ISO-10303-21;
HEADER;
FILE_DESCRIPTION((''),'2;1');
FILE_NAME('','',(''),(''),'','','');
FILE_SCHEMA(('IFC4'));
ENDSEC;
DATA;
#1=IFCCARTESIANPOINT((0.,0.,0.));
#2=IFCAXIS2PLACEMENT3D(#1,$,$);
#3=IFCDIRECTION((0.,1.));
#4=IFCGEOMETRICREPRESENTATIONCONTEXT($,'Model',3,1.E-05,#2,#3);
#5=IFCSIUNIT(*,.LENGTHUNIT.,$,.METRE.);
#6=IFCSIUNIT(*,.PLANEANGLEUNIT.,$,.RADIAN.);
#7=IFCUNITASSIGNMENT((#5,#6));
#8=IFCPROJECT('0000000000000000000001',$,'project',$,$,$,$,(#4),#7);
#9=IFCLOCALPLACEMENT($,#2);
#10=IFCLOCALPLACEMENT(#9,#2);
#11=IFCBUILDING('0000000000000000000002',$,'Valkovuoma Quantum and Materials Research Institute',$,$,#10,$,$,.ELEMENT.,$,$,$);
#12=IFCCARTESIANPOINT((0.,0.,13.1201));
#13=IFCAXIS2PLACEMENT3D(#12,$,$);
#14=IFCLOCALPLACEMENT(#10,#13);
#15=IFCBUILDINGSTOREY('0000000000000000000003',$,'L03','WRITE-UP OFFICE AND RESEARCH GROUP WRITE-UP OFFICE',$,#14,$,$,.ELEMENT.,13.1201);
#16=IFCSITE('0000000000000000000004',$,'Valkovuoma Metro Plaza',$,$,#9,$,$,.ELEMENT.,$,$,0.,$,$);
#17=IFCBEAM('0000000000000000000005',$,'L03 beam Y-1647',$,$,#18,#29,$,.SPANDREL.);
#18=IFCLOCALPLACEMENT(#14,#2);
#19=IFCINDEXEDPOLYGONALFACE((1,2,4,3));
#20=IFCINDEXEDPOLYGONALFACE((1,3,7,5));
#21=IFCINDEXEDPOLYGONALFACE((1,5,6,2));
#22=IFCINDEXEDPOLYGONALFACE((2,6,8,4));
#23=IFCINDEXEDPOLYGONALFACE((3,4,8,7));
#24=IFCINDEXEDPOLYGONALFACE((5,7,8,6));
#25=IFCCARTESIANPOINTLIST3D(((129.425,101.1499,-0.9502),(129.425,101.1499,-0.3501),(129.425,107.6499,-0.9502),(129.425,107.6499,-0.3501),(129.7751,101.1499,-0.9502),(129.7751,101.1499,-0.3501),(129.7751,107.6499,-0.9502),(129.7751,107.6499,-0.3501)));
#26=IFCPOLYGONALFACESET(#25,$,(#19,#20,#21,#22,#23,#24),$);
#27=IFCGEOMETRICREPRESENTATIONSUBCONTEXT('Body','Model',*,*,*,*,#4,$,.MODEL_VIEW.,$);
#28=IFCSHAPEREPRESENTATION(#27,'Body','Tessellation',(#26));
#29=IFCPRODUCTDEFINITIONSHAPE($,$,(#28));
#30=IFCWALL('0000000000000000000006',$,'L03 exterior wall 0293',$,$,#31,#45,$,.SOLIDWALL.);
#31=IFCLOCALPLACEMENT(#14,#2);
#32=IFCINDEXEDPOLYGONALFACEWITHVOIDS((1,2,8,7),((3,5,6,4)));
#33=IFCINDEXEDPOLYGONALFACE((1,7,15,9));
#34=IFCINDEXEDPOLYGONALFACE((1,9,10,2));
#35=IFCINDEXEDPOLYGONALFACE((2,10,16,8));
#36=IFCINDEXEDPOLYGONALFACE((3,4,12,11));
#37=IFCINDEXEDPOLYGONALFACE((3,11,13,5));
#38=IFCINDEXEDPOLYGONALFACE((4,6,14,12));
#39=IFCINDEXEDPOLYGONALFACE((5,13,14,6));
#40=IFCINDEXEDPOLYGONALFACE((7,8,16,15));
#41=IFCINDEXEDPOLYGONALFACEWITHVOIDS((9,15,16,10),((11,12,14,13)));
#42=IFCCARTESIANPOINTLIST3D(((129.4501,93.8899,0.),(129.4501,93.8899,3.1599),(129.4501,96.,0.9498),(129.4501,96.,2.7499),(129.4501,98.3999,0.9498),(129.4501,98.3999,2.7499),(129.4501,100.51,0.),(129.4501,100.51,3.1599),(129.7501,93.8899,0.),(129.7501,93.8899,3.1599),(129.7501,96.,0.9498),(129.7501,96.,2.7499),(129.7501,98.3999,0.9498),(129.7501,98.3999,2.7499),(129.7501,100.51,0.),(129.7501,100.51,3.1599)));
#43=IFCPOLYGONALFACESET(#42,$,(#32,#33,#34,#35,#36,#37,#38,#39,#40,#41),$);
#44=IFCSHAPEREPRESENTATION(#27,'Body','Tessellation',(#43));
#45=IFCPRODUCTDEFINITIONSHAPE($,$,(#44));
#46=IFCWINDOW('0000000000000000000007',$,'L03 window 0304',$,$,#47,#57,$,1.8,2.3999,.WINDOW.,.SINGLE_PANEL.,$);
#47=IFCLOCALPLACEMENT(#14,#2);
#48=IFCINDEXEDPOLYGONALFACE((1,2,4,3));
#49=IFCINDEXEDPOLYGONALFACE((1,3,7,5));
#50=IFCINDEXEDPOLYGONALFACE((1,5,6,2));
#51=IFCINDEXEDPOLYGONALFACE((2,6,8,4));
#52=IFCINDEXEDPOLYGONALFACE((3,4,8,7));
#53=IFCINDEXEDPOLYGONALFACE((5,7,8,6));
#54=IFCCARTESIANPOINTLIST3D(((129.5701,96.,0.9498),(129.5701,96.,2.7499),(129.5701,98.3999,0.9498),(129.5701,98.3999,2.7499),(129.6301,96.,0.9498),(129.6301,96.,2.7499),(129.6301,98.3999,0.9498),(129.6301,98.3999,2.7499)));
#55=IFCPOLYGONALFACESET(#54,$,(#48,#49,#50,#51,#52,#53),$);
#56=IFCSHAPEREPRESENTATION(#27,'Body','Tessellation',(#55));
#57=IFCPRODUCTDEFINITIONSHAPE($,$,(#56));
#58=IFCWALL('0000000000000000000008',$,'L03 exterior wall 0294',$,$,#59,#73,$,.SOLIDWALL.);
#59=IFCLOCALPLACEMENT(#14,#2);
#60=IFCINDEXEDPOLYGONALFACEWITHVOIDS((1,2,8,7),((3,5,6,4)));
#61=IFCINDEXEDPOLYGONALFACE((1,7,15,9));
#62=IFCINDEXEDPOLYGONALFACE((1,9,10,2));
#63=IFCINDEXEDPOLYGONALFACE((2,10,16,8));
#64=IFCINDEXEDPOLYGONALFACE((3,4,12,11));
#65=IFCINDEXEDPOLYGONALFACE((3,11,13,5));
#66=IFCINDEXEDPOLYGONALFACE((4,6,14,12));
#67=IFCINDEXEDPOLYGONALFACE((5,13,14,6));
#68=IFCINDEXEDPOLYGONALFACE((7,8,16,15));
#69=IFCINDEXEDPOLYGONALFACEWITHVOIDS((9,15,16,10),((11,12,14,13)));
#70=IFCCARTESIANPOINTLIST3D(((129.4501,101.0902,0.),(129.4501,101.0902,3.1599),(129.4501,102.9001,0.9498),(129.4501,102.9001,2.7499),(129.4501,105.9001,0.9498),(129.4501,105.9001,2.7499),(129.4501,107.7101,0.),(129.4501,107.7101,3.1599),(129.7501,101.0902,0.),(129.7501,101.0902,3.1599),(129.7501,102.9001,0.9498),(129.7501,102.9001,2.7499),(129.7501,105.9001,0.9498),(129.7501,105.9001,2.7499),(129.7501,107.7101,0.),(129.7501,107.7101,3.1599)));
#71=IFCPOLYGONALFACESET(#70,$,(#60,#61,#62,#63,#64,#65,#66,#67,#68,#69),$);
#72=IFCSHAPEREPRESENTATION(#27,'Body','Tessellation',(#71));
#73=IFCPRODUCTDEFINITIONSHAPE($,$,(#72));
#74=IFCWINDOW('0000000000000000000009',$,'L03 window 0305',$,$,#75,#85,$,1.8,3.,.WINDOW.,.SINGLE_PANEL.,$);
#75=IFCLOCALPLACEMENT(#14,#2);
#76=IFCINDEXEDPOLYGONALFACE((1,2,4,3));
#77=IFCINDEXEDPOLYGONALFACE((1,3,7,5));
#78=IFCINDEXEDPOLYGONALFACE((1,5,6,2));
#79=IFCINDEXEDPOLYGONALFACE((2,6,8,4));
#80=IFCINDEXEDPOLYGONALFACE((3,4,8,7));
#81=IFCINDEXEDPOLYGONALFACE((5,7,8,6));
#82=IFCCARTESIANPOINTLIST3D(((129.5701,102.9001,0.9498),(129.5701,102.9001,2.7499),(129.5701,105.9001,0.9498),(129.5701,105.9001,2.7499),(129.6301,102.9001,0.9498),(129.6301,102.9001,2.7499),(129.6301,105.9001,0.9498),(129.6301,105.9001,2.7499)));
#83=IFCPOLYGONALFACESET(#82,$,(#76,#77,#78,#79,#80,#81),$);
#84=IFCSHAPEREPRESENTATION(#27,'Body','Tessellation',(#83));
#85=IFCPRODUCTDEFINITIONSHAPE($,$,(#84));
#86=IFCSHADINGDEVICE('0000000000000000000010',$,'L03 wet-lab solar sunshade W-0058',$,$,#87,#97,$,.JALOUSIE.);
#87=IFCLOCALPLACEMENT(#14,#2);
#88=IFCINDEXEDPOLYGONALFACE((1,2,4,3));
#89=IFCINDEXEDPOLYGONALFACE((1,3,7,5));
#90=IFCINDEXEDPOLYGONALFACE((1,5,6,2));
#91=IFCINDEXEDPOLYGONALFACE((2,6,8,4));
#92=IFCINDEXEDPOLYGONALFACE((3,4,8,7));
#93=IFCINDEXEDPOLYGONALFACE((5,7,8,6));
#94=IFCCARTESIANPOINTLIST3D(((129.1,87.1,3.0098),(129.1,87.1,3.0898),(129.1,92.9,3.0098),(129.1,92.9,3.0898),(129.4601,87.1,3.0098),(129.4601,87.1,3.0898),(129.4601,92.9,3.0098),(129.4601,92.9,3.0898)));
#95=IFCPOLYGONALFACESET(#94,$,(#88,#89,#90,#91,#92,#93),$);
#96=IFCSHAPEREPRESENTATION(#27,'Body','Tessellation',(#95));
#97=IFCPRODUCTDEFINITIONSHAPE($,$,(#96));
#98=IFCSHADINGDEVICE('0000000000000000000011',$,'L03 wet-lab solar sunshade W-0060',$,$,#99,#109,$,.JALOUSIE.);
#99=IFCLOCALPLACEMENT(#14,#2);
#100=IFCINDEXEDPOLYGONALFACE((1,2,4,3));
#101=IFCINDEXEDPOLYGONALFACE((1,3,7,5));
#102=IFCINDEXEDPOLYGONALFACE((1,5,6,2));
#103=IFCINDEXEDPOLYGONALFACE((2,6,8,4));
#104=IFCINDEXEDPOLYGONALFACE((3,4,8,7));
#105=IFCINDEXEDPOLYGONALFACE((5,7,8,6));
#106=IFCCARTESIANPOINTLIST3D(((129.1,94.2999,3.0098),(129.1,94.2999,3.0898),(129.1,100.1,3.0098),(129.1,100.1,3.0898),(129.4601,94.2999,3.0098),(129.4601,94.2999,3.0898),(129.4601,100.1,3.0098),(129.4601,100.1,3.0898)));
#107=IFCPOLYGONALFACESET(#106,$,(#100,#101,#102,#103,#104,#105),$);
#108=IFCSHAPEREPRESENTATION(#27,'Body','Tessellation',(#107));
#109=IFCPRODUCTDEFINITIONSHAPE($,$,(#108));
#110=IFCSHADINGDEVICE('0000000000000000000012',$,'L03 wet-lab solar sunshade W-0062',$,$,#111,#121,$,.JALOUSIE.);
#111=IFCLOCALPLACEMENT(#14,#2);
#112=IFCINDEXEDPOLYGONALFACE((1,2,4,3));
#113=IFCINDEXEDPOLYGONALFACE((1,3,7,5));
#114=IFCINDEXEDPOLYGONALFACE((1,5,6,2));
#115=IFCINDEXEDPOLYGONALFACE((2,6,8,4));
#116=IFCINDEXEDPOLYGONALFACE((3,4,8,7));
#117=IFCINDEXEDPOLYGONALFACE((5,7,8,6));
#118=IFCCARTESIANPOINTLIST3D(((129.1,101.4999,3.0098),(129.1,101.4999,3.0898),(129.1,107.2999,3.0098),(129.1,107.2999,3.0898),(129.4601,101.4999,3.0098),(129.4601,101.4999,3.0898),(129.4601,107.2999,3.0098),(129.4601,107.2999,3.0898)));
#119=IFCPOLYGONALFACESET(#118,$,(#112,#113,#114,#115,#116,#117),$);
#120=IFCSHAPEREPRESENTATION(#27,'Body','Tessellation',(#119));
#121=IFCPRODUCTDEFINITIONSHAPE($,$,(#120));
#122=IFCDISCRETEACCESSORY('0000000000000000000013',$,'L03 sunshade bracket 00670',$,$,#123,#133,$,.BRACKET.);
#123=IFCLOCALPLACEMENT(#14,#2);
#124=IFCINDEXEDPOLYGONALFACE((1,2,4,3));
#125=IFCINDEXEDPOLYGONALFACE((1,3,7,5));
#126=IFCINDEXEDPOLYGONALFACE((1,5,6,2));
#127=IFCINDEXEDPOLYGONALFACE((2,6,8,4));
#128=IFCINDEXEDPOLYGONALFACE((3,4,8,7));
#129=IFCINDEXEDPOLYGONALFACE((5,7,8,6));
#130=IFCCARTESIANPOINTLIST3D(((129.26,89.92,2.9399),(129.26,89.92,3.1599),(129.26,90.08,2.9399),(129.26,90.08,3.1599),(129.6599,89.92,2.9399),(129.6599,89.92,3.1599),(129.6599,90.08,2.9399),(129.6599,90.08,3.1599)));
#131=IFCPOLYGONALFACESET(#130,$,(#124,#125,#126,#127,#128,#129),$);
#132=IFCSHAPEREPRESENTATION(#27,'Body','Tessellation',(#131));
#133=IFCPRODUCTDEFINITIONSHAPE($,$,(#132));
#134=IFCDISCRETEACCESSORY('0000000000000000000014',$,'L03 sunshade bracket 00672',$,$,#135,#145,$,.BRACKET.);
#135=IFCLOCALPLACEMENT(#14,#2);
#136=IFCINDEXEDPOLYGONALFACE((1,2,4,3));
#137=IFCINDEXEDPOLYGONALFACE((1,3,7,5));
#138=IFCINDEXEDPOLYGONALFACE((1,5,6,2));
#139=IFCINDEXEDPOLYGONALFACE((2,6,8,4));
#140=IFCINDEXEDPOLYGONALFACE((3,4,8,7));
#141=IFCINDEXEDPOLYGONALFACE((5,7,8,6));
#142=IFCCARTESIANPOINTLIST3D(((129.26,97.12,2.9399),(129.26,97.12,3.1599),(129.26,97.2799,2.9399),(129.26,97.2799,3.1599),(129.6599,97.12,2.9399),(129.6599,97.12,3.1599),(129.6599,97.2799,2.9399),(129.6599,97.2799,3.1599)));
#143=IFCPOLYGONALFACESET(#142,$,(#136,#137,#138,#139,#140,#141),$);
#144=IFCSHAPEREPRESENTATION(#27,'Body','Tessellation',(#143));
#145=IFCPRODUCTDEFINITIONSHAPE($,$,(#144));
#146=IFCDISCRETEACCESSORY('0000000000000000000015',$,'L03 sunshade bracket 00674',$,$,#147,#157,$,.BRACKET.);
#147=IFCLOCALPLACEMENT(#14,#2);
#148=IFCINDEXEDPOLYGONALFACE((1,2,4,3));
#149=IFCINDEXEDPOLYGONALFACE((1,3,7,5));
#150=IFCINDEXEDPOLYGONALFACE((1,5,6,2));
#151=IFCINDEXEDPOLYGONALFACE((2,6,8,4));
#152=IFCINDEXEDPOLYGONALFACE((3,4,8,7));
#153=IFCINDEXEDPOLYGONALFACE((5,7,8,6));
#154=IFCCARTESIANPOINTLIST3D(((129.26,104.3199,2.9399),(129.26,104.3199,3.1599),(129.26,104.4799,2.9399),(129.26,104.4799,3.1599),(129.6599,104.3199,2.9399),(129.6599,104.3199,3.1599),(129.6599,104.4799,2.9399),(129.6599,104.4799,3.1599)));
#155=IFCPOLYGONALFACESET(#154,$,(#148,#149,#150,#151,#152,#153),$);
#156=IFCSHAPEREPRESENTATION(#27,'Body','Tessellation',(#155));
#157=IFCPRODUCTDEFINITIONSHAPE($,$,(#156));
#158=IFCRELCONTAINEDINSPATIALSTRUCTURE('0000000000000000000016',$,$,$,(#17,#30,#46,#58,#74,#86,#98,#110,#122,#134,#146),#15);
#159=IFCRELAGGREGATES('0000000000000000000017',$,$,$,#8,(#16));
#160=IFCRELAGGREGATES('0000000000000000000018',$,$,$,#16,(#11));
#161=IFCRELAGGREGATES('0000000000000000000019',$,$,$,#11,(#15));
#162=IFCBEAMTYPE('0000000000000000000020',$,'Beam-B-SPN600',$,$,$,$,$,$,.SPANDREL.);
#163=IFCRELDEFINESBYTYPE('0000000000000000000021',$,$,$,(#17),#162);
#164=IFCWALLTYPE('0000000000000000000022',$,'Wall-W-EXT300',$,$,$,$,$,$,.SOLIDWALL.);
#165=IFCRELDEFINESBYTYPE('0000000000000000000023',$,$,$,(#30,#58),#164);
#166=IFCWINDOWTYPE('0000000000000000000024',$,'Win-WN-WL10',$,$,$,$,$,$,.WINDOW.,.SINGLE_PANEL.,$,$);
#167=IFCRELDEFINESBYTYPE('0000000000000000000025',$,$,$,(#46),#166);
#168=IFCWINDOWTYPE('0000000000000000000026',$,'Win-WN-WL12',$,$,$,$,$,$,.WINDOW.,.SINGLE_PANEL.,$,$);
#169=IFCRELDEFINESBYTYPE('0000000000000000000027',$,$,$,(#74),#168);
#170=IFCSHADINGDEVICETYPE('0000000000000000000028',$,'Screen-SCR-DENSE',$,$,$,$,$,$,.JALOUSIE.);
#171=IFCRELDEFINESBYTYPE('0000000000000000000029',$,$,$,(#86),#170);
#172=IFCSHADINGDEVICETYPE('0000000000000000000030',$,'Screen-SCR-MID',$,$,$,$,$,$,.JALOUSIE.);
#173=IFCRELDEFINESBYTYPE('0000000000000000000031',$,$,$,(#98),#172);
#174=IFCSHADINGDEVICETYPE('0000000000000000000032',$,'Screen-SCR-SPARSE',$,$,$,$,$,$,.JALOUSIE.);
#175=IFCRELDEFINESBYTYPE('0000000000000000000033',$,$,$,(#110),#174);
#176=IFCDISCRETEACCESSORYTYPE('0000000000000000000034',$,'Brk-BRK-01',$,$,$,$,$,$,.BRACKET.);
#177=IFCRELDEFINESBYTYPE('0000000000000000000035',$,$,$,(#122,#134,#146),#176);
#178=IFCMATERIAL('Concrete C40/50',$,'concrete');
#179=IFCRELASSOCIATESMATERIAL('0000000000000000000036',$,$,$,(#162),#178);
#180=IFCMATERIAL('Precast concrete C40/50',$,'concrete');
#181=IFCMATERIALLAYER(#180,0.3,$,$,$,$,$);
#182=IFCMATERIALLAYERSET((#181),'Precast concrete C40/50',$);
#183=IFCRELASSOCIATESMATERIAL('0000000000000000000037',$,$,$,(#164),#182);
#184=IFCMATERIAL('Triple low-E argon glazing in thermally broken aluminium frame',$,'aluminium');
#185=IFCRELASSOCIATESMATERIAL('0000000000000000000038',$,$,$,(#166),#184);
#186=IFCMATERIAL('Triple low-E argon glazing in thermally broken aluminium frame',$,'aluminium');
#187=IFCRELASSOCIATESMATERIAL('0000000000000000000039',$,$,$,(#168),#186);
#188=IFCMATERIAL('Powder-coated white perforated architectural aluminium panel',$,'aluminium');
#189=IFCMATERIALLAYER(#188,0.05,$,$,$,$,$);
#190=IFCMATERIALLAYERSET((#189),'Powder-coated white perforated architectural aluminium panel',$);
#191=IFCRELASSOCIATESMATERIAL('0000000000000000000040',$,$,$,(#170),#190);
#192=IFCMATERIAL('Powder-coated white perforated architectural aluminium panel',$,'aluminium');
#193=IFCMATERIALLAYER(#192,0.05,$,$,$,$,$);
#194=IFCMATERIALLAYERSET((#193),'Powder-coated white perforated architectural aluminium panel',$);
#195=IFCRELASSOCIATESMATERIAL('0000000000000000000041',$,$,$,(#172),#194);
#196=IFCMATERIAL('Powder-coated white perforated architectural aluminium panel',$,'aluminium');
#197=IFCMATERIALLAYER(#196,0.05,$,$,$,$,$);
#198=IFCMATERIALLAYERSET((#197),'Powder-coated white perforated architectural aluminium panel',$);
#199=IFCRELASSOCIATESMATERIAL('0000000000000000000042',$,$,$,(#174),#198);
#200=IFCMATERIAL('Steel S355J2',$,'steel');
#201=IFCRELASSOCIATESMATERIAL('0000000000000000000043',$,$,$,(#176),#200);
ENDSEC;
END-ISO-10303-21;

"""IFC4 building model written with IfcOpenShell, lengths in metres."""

from ifc_helpers import new_model, si_unit, direction, frame, frame_2d, origin, origin_2d, place, context, subcontext, project, spatial, rectangle, extrude, material, layer, layer_set, material_profile, profile_set, type_object, element, fill, save


model = new_model("IFC4")

# Units and contexts
model_context = context("Model", 3, precision=1e-05, world=origin(), true_north=direction((0.0, 1.0)))
body_context = subcontext(model_context, "Body", "Model", "MODEL_VIEW")
ifc_project = project(units=[si_unit("LENGTHUNIT", "METRE"), si_unit("PLANEANGLEUNIT", "RADIAN")], contexts=[model_context])

# Site, building, storey
site_placement = place(None, origin())
site = spatial("IfcSite", under=ifc_project, at=site_placement, Name="Valkovuoma Metro Plaza", CompositionType="ELEMENT", RefElevation=0.0)
building_placement = place(site_placement, origin())
building = spatial("IfcBuilding", under=site, at=building_placement, Name="Valkovuoma Quantum and Materials Research Institute", CompositionType="ELEMENT")
storey_placement = place(building_placement, frame((0.0, 0.0, 13.1201)))
storey = spatial("IfcBuildingStorey", under=building, at=storey_placement, Name="L03", Description="WRITE-UP OFFICE AND RESEARCH GROUP WRITE-UP OFFICE", CompositionType="ELEMENT", Elevation=13.1201)

# Beam
ifc_material_1 = material(Name="Concrete C40/50", Category="concrete")
ifc_material_profile_1 = material_profile(ifc_material_1, rectangle(XDim=0.3501, YDim=0.6001, at=origin_2d()), Name="Concrete C40/50")
ifc_profile_set_1 = profile_set([ifc_material_profile_1], Name="Concrete C40/50")
beam_type_1 = type_object("IfcBeamType", Name="Beam-B-SPN600", PredefinedType="SPANDREL", material=ifc_profile_set_1)
for number, where, z_axis, x_axis, name in (
    (1, (129.6001, 101.1499, -0.6501), (0.0, 1.0, 0.0), (-1.0, 0.0, 0.0), "L03 beam Y-1647"),
):
    element("IfcBeam", number, at=place(storey_placement, frame(where, z_axis=z_axis, x_axis=x_axis)), inside=storey, type_object=beam_type_1, Name=name, PredefinedType="SPANDREL", context=body_context, shape_type="SweptSolid", body=[
        extrude(rectangle(XDim=0.3501, YDim=0.6001, at=origin_2d()), origin(), (0.0, 0.0, 1.0), 6.5),
    ])

# Walls, openings, windows
ifc_material_2 = material(Name="Precast concrete C40/50", Category="concrete")
ifc_layer_1 = layer(ifc_material_2, 0.3)
ifc_layer_set_1 = layer_set([ifc_layer_1], Name="Precast concrete C40/50")
wall_type = type_object("IfcWallType", Name="Wall-W-EXT300", PredefinedType="SOLIDWALL", material=ifc_layer_set_1)
wall_1_placement = place(storey_placement, frame((129.6001, 93.8899, 0.0), z_axis=(0.0, 0.0, 1.0), x_axis=(0.0, 1.0, 0.0)))
wall_1 = element("IfcWall", 2, at=wall_1_placement, inside=storey, type_object=wall_type, Name="L03 exterior wall 0293", PredefinedType="SOLIDWALL", context=body_context, shape_type="SweptSolid", body=[
    extrude(rectangle(XDim=6.6201, YDim=0.3, at=frame_2d((3.3101, 0.0))), origin(), (0.0, 0.0, 1.0), 3.1599),
])
opening_1_placement = place(wall_1_placement, frame((2.1101, 0.0, 0.95)))
opening_1 = element("IfcOpeningElement", 3, at=opening_1_placement, cuts=wall_1, PredefinedType="OPENING", context=body_context, shape_type="SweptSolid", body=[
    extrude(rectangle(XDim=2.3999, YDim=1.8, at=frame_2d((1.2, 0.8999))), frame((0.0, 0.1602, 0.0), z_axis=(0.0, -1.0, 0.0), x_axis=(1.0, 0.0, 0.0)), (0.0, 0.0, 1.0), 0.3201),
])
ifc_material_3 = material(Name="Triple low-E argon glazing in thermally broken aluminium frame", Category="aluminium")
window_type_1 = type_object("IfcWindowType", Name="Win-WN-WL10", PartitioningType="SINGLE_PANEL", PredefinedType="WINDOW", material=ifc_material_3)
window_1_placement = place(opening_1_placement, origin())
window_1 = element("IfcWindow", 4, at=window_1_placement, inside=storey, type_object=window_type_1, Name="L03 window 0304", OverallHeight=1.8, OverallWidth=2.3999, PartitioningType="SINGLE_PANEL", PredefinedType="WINDOW", context=body_context, shape_type="SweptSolid", body=[
    extrude(rectangle(XDim=2.3999, YDim=1.8, at=frame_2d((1.2, 0.8999))), frame((0.0, 0.03, 0.0), z_axis=(0.0, -1.0, 0.0), x_axis=(1.0, 0.0, 0.0)), (0.0, 0.0, 1.0), 0.0601),
])
fill(opening_1, window_1)
wall_2_placement = place(storey_placement, frame((129.6001, 101.0901, 0.0), z_axis=(0.0, 0.0, 1.0), x_axis=(0.0, 1.0, 0.0)))
wall_2 = element("IfcWall", 5, at=wall_2_placement, inside=storey, type_object=wall_type, Name="L03 exterior wall 0294", PredefinedType="SOLIDWALL", context=body_context, shape_type="SweptSolid", body=[
    extrude(rectangle(XDim=6.6199, YDim=0.3, at=frame_2d((3.3101, 0.0))), origin(), (0.0, 0.0, 1.0), 3.1599),
])
opening_2_placement = place(wall_2_placement, frame((1.8101, 0.0, 0.95)))
opening_2 = element("IfcOpeningElement", 6, at=opening_2_placement, cuts=wall_2, PredefinedType="OPENING", context=body_context, shape_type="SweptSolid", body=[
    extrude(rectangle(XDim=3.0, YDim=1.8, at=frame_2d((1.5, 0.8999))), frame((0.0, 0.1602, 0.0), z_axis=(0.0, -1.0, 0.0), x_axis=(1.0, 0.0, 0.0)), (0.0, 0.0, 1.0), 0.3201),
])
ifc_material_4 = material(Name="Triple low-E argon glazing in thermally broken aluminium frame", Category="aluminium")
window_type_2 = type_object("IfcWindowType", Name="Win-WN-WL12", PartitioningType="SINGLE_PANEL", PredefinedType="WINDOW", material=ifc_material_4)
window_2_placement = place(opening_2_placement, origin())
window_2 = element("IfcWindow", 7, at=window_2_placement, inside=storey, type_object=window_type_2, Name="L03 window 0305", OverallHeight=1.8, OverallWidth=3.0, PartitioningType="SINGLE_PANEL", PredefinedType="WINDOW", context=body_context, shape_type="SweptSolid", body=[
    extrude(rectangle(XDim=3.0, YDim=1.8, at=frame_2d((1.5, 0.8999))), frame((0.0, 0.03, 0.0), z_axis=(0.0, -1.0, 0.0), x_axis=(1.0, 0.0, 0.0)), (0.0, 0.0, 1.0), 0.0601),
])
fill(opening_2, window_2)

# Shading devices
ifc_material_5 = material(Name="Powder-coated white perforated architectural aluminium panel", Category="aluminium")
ifc_layer_2 = layer(ifc_material_5, 0.05)
ifc_layer_set_2 = layer_set([ifc_layer_2], Name="Powder-coated white perforated architectural aluminium panel")
shading_device_type_1 = type_object("IfcShadingDeviceType", Name="Screen-SCR-DENSE", PredefinedType="JALOUSIE", material=ifc_layer_set_2)
shading_device_1_placement = place(storey_placement, frame((129.28, 90.0, 3.0098), z_axis=(0.0, 0.0, 1.0), x_axis=(1.0, 0.0, 0.0)))
element("IfcShadingDevice", 8, at=shading_device_1_placement, inside=storey, type_object=shading_device_type_1, Name="L03 wet-lab solar sunshade W-0058", PredefinedType="JALOUSIE", context=body_context, shape_type="SweptSolid", body=[
    extrude(rectangle(XDim=0.3601, YDim=5.8, at=origin_2d()), origin(), (0.0, 0.0, 1.0), 0.0801),
])
ifc_material_6 = material(Name="Powder-coated white perforated architectural aluminium panel", Category="aluminium")
ifc_layer_3 = layer(ifc_material_6, 0.05)
ifc_layer_set_3 = layer_set([ifc_layer_3], Name="Powder-coated white perforated architectural aluminium panel")
shading_device_type_2 = type_object("IfcShadingDeviceType", Name="Screen-SCR-MID", PredefinedType="JALOUSIE", material=ifc_layer_set_3)
shading_device_2_placement = place(storey_placement, frame((129.28, 97.2, 3.0098), z_axis=(0.0, 0.0, 1.0), x_axis=(1.0, 0.0, 0.0)))
element("IfcShadingDevice", 9, at=shading_device_2_placement, inside=storey, type_object=shading_device_type_2, Name="L03 wet-lab solar sunshade W-0060", PredefinedType="JALOUSIE", context=body_context, shape_type="SweptSolid", body=[
    extrude(rectangle(XDim=0.3601, YDim=5.8, at=origin_2d()), origin(), (0.0, 0.0, 1.0), 0.0801),
])
ifc_material_7 = material(Name="Powder-coated white perforated architectural aluminium panel", Category="aluminium")
ifc_layer_4 = layer(ifc_material_7, 0.05)
ifc_layer_set_4 = layer_set([ifc_layer_4], Name="Powder-coated white perforated architectural aluminium panel")
shading_device_type_3 = type_object("IfcShadingDeviceType", Name="Screen-SCR-SPARSE", PredefinedType="JALOUSIE", material=ifc_layer_set_4)
shading_device_3_placement = place(storey_placement, frame((129.28, 104.3999, 3.0098), z_axis=(0.0, 0.0, 1.0), x_axis=(1.0, 0.0, 0.0)))
element("IfcShadingDevice", 10, at=shading_device_3_placement, inside=storey, type_object=shading_device_type_3, Name="L03 wet-lab solar sunshade W-0062", PredefinedType="JALOUSIE", context=body_context, shape_type="SweptSolid", body=[
    extrude(rectangle(XDim=0.3601, YDim=5.8, at=origin_2d()), origin(), (0.0, 0.0, 1.0), 0.0801),
])

# Discrete accessories
ifc_material_8 = material(Name="Steel S355J2", Category="steel")
discrete_accessory_type = type_object("IfcDiscreteAccessoryType", Name="Brk-BRK-01", PredefinedType="BRACKET", material=ifc_material_8)
for number, where, z_axis, x_axis, name in (
    (11, (129.46, 90.0, 2.9399), (0.0, 0.0, 1.0), (1.0, 0.0, 0.0), "L03 sunshade bracket 00670"),
    (12, (129.46, 97.2, 2.9399), (0.0, 0.0, 1.0), (1.0, 0.0, 0.0), "L03 sunshade bracket 00672"),
    (13, (129.46, 104.3999, 2.9399), (0.0, 0.0, 1.0), (1.0, 0.0, 0.0), "L03 sunshade bracket 00674"),
):
    element("IfcDiscreteAccessory", number, at=place(storey_placement, frame(where, z_axis=z_axis, x_axis=x_axis)), inside=storey, type_object=discrete_accessory_type, Name=name, PredefinedType="BRACKET", context=body_context, shape_type="SweptSolid", body=[
        extrude(rectangle(XDim=0.3999, YDim=0.1599, at=origin_2d()), origin(), (0.0, 0.0, 1.0), 0.22),
    ])

save(model, "model.ifc")
